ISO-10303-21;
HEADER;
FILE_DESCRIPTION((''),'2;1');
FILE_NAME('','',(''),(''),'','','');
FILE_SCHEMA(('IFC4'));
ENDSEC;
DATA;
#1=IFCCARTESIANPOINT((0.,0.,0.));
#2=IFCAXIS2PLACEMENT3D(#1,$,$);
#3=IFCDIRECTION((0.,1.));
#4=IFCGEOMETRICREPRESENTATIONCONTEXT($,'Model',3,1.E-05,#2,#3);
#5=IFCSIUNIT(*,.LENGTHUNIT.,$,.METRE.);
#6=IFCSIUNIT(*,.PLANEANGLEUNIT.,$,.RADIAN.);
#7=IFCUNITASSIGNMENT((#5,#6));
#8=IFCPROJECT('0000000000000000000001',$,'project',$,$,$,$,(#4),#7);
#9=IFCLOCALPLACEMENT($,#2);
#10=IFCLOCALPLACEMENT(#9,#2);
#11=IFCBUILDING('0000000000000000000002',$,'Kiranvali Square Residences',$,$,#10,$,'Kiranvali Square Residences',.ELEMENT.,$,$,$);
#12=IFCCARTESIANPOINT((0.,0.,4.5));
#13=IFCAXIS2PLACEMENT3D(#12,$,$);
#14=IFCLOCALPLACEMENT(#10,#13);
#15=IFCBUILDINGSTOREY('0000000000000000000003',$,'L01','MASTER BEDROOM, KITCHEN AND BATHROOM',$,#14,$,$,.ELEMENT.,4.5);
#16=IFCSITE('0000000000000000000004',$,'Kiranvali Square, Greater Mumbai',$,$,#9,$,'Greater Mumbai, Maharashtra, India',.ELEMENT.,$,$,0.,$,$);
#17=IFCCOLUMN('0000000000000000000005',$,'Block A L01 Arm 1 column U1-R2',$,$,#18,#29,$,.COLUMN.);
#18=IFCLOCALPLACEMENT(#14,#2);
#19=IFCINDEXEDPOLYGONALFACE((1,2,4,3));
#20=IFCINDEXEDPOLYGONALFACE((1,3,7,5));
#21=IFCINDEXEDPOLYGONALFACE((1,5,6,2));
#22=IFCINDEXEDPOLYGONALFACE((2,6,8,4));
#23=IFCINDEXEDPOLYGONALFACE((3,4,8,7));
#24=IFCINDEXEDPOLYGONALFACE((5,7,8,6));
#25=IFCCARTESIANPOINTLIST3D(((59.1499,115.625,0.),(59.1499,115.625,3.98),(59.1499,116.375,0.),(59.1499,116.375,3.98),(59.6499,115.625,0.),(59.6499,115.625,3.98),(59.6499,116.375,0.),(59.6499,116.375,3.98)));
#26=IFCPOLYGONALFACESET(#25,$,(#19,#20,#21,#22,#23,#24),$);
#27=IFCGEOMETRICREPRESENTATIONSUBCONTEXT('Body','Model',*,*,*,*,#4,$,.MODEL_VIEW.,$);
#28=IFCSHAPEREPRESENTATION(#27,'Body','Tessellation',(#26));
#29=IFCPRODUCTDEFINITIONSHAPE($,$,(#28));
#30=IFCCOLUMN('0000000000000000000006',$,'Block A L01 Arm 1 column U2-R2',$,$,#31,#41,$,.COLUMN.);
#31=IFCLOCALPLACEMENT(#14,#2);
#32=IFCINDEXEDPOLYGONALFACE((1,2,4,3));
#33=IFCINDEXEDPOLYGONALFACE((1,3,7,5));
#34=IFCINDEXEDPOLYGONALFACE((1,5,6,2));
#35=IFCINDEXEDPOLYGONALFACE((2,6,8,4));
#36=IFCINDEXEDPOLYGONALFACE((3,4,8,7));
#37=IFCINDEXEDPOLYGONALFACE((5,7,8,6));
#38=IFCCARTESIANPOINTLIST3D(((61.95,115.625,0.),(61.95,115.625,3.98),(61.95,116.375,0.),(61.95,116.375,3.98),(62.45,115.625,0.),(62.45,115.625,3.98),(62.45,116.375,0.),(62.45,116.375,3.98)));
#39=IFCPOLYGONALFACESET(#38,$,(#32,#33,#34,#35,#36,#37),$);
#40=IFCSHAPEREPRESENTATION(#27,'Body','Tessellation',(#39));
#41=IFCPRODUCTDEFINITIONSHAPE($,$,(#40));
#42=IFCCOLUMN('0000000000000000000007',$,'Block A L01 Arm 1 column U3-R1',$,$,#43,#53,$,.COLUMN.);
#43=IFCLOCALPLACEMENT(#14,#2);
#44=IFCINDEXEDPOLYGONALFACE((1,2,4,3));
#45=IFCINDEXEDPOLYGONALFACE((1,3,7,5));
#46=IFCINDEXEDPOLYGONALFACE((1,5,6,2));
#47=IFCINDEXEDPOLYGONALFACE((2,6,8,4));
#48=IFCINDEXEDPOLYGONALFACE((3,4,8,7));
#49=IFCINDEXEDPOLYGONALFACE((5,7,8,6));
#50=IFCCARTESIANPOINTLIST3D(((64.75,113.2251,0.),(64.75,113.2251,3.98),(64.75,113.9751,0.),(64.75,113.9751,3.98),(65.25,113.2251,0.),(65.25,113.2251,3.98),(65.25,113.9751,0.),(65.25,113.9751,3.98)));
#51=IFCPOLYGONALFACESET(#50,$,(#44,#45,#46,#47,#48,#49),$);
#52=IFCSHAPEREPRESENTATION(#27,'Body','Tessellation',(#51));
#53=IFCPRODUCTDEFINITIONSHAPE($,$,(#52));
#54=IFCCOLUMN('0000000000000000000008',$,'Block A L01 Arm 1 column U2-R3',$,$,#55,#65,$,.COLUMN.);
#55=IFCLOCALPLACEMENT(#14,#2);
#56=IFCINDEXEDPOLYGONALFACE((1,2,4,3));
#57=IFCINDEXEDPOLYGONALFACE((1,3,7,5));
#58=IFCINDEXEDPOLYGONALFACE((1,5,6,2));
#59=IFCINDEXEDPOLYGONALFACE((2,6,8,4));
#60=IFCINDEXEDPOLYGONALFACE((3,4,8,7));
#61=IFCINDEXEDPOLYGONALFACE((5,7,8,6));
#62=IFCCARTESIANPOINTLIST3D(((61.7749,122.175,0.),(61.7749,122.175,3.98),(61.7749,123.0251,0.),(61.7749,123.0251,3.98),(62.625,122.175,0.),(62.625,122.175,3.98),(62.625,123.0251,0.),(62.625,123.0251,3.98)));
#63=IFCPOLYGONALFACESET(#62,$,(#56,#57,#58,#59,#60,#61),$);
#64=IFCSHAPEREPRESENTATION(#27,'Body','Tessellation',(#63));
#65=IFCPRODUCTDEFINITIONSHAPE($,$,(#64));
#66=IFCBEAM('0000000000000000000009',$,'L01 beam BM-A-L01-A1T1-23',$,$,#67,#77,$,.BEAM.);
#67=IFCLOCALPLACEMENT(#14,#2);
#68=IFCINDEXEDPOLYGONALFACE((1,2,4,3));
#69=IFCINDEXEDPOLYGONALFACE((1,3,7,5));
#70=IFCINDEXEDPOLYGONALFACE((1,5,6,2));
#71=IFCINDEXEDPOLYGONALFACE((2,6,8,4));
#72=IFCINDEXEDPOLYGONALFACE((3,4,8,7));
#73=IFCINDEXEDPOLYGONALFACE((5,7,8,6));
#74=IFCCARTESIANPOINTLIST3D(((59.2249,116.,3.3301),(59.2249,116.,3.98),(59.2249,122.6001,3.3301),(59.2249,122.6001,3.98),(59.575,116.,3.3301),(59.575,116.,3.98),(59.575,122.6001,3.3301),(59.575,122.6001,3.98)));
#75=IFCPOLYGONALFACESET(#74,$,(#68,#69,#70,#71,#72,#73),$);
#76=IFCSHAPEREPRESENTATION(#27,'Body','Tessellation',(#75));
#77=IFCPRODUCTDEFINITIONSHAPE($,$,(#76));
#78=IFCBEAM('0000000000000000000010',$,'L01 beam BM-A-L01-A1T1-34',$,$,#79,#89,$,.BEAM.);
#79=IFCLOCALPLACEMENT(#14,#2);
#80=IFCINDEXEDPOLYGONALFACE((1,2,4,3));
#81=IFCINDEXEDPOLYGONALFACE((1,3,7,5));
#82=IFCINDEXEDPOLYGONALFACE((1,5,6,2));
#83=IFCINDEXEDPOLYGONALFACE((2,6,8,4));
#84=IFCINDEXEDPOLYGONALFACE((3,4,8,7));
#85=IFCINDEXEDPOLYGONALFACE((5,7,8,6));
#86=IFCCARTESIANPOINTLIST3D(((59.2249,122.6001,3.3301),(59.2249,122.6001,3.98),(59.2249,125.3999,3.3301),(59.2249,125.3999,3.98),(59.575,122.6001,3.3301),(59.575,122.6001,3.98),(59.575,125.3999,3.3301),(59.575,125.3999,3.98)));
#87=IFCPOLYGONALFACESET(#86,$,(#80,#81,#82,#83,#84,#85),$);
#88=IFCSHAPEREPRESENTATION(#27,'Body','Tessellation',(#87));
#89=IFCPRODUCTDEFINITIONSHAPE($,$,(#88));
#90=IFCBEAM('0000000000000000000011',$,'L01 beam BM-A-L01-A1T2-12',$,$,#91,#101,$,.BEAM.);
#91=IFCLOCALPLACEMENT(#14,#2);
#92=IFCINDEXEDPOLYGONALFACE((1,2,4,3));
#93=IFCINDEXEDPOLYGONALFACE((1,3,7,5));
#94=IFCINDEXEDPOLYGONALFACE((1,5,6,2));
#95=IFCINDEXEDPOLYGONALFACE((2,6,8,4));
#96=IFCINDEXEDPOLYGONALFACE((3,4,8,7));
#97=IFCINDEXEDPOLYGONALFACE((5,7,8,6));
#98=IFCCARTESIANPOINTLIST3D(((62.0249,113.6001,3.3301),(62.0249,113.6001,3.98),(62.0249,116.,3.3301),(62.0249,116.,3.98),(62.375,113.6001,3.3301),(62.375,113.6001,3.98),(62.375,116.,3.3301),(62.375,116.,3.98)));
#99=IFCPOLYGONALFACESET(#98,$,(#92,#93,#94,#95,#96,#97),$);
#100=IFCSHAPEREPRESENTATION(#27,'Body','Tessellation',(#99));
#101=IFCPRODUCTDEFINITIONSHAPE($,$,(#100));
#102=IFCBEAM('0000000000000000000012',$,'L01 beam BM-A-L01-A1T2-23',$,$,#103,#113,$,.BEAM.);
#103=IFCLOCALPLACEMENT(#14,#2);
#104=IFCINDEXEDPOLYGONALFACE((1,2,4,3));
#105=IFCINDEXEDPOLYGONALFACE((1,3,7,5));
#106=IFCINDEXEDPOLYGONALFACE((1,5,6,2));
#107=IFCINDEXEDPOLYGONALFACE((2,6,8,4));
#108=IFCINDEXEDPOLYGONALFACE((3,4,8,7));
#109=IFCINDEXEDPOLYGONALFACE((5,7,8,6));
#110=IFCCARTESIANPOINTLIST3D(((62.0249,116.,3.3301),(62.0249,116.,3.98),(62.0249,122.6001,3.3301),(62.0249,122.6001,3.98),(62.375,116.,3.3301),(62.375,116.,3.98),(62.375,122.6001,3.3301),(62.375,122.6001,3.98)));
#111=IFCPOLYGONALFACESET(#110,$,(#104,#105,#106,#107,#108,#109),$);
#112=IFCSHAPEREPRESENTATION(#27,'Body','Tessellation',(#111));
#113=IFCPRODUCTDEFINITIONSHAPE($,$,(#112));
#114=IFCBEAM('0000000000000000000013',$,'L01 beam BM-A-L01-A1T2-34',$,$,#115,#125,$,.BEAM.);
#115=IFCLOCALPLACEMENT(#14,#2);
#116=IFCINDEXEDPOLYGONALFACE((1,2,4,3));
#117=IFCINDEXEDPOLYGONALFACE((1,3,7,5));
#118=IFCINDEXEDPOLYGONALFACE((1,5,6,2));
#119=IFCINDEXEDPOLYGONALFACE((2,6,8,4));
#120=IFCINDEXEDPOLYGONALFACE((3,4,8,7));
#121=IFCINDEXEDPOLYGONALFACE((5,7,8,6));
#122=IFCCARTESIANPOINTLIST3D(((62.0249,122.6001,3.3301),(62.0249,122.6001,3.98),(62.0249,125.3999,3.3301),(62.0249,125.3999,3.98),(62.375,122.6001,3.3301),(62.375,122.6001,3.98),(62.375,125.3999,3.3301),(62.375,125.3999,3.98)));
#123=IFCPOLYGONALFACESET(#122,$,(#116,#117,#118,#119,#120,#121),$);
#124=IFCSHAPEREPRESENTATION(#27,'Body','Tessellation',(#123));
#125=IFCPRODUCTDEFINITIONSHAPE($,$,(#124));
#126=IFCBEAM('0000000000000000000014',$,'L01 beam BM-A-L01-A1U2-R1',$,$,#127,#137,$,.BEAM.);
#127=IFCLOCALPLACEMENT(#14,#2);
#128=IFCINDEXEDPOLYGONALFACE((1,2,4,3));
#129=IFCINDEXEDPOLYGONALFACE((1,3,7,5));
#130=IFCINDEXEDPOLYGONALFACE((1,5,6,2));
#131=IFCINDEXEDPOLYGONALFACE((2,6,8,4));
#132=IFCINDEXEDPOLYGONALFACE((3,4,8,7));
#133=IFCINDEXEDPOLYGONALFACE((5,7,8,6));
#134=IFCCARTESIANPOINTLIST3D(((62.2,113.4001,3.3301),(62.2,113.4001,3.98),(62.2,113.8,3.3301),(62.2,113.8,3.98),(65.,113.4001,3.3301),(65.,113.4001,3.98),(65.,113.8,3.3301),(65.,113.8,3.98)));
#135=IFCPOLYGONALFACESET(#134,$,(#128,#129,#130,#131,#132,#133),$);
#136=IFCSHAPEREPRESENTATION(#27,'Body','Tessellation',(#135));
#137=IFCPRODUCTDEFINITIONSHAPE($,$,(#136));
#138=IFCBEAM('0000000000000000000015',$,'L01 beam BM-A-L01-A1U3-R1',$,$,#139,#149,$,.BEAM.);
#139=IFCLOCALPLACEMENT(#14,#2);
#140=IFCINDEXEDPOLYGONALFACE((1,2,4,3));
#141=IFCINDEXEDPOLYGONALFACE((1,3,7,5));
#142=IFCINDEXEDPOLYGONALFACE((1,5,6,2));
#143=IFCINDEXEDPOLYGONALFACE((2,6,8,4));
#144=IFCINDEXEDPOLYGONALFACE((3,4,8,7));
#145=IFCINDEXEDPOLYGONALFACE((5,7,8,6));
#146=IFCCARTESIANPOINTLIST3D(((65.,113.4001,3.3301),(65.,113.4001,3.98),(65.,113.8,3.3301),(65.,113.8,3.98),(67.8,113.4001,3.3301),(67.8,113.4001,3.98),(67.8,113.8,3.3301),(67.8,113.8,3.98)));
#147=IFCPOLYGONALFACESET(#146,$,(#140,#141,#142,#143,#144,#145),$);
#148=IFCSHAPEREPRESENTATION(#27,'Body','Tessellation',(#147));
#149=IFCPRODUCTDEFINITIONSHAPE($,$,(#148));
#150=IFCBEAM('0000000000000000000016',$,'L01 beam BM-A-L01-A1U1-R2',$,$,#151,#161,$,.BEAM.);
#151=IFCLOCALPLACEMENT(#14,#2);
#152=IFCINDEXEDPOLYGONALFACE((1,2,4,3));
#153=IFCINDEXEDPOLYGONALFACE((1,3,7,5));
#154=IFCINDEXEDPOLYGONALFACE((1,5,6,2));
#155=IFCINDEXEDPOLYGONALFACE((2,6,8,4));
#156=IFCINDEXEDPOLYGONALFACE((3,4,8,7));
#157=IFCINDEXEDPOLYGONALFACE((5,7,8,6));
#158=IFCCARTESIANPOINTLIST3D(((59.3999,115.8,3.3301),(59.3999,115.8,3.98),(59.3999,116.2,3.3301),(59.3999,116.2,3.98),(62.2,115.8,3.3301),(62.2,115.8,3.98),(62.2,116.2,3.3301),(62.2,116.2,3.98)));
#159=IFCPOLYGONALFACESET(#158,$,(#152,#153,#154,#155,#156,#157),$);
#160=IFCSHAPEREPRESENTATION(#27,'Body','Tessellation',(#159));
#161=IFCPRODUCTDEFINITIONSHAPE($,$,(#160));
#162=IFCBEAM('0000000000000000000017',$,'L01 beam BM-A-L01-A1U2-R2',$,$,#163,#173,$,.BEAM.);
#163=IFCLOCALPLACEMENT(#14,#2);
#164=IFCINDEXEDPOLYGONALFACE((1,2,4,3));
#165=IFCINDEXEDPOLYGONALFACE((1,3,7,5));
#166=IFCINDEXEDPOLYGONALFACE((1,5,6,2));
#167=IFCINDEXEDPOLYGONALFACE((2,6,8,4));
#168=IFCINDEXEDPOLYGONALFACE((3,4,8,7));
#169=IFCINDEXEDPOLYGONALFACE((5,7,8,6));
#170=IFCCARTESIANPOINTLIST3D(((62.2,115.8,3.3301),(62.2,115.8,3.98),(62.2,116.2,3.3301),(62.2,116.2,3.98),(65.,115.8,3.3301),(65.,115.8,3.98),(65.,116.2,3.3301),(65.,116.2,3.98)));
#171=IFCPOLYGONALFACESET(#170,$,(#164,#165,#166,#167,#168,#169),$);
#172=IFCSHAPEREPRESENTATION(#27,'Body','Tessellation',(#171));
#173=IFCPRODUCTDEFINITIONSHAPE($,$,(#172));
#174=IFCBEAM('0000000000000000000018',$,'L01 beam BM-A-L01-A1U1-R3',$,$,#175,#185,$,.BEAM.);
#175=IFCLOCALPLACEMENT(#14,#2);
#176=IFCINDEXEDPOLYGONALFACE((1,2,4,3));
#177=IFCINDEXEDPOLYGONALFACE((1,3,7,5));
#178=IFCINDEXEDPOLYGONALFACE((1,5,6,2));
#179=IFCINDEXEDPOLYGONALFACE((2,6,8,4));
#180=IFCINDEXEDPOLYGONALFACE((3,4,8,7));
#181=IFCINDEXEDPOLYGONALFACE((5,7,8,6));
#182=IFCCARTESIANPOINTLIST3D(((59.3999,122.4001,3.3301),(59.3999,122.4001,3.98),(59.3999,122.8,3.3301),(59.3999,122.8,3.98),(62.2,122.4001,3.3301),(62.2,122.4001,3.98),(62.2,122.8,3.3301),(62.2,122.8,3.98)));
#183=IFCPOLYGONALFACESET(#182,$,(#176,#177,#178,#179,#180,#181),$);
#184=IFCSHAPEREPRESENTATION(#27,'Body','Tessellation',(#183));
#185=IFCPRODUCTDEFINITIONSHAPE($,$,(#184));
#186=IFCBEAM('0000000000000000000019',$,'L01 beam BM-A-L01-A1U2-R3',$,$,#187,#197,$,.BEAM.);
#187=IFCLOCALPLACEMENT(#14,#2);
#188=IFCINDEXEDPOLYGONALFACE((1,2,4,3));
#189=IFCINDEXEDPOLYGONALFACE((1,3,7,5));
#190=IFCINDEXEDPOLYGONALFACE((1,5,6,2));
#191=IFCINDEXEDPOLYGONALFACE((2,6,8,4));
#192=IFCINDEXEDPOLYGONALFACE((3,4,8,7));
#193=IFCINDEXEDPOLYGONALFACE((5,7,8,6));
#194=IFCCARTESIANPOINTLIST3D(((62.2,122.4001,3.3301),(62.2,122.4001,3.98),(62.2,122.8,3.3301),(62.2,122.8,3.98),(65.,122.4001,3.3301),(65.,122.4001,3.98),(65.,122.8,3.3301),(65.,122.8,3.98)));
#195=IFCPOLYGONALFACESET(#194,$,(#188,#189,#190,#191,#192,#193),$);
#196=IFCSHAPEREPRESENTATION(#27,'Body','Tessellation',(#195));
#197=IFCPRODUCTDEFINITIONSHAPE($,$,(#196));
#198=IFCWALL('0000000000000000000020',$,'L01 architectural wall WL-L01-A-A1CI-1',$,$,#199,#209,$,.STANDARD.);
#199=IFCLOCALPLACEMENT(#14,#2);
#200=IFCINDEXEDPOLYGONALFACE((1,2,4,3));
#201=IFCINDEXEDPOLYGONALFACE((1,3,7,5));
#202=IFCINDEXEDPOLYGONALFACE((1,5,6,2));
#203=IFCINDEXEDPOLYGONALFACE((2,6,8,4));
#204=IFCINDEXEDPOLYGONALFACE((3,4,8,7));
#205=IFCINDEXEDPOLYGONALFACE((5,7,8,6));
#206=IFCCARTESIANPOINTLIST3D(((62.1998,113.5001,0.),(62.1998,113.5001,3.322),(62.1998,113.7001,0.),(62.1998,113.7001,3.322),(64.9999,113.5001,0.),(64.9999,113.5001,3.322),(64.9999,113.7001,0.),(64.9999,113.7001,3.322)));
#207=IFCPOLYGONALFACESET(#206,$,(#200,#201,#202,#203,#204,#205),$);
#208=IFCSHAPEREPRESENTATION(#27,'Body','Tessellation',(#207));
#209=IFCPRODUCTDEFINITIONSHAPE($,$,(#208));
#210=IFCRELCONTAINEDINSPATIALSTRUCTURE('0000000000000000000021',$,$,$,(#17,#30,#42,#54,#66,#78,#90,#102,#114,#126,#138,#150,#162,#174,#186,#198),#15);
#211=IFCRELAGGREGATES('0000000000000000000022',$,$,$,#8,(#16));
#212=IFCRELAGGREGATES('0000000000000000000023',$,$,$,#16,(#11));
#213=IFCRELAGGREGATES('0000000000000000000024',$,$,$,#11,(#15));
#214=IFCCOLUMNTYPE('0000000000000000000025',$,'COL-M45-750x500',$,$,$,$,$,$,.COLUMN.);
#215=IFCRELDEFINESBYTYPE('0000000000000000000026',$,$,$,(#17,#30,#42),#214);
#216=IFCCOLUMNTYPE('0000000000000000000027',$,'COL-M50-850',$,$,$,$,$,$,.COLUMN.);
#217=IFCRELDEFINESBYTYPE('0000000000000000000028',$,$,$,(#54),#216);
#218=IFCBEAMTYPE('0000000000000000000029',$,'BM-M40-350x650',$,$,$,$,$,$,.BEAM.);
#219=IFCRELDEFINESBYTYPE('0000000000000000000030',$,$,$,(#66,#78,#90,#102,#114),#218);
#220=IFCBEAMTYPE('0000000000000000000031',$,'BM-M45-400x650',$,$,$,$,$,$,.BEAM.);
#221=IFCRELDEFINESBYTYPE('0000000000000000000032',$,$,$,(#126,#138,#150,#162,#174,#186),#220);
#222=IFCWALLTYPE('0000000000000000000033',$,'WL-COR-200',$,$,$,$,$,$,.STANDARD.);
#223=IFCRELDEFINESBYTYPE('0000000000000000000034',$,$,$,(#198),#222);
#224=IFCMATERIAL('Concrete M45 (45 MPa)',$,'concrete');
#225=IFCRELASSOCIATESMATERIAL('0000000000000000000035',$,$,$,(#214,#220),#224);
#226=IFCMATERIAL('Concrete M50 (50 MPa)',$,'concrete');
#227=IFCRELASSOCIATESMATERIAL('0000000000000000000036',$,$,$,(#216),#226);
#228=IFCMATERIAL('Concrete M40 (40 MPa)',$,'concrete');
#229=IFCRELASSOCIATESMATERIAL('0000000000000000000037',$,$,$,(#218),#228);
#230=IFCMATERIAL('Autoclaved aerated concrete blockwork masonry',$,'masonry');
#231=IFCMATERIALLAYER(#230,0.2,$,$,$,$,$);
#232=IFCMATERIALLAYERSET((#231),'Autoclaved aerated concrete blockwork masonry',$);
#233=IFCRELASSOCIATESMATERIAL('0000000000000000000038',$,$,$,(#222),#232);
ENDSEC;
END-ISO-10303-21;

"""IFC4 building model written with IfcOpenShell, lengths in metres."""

from ifc_helpers import new_model, si_unit, direction, frame, frame_2d, origin, origin_2d, place, context, subcontext, project, spatial, rectangle, extrude, material, layer, layer_set, material_profile, profile_set, type_object, element, save


model = new_model("IFC4")

# Units and contexts
model_context = context("Model", 3, precision=1e-05, world=origin(), true_north=direction((0.0, 1.0)))
body_context = subcontext(model_context, "Body", "Model", "MODEL_VIEW")
ifc_project = project(units=[si_unit("LENGTHUNIT", "METRE"), si_unit("PLANEANGLEUNIT", "RADIAN")], contexts=[model_context])

# Site, building, storey
site_placement = place(None, origin())
site = spatial("IfcSite", under=ifc_project, at=site_placement, Name="Kiranvali Square, Greater Mumbai", LongName="Greater Mumbai, Maharashtra, India", CompositionType="ELEMENT", RefElevation=0.0)
building_placement = place(site_placement, origin())
building = spatial("IfcBuilding", under=site, at=building_placement, Name="Kiranvali Square Residences", LongName="Kiranvali Square Residences", CompositionType="ELEMENT")
storey_placement = place(building_placement, frame((0.0, 0.0, 4.5)))
storey = spatial("IfcBuildingStorey", under=building, at=storey_placement, Name="L01", Description="MASTER BEDROOM, KITCHEN AND BATHROOM", CompositionType="ELEMENT", Elevation=4.5)

# Columns
ifc_material_1 = material(Name="Concrete M45 (45 MPa)", Category="concrete")
ifc_material_profile_1 = material_profile(ifc_material_1, rectangle(XDim=0.5, YDim=0.75, at=origin_2d()), Name="RC 750x500")
ifc_profile_set_1 = profile_set([ifc_material_profile_1], Name="Concrete M45 (45 MPa)")
column_type_1 = type_object("IfcColumnType", Name="COL-M45-750x500", PredefinedType="COLUMN", material=ifc_profile_set_1)
for number, where, z_axis, x_axis, name in (
    (1, (59.3999, 116.0, 0.0), (0.0, 0.0, 1.0), (1.0, 0.0, 0.0), "Block A L01 Arm 1 column U1-R2"),
    (2, (62.2, 116.0, 0.0), (0.0, 0.0, 1.0), (1.0, 0.0, 0.0), "Block A L01 Arm 1 column U2-R2"),
    (3, (65.0, 113.6001, 0.0), (0.0, 0.0, 1.0), (1.0, 0.0, 0.0), "Block A L01 Arm 1 column U3-R1"),
):
    element("IfcColumn", number, at=place(storey_placement, frame(where, z_axis=z_axis, x_axis=x_axis)), inside=storey, type_object=column_type_1, Name=name, PredefinedType="COLUMN", context=body_context, shape_type="SweptSolid", body=[
        extrude(rectangle(XDim=0.5, YDim=0.75, at=origin_2d()), origin(), (0.0, 0.0, 1.0), 3.98),
    ])
ifc_material_2 = material(Name="Concrete M50 (50 MPa)", Category="concrete")
ifc_material_profile_2 = material_profile(ifc_material_2, rectangle(XDim=0.8501, YDim=0.8501, at=origin_2d()), Name="RC 850x850")
ifc_profile_set_2 = profile_set([ifc_material_profile_2], Name="Concrete M50 (50 MPa)")
column_type_2 = type_object("IfcColumnType", Name="COL-M50-850", PredefinedType="COLUMN", material=ifc_profile_set_2)
column_placement = place(storey_placement, frame((62.2, 122.6001, 0.0), z_axis=(0.0, 0.0, 1.0), x_axis=(1.0, 0.0, 0.0)))
element("IfcColumn", 4, at=column_placement, inside=storey, type_object=column_type_2, Name="Block A L01 Arm 1 column U2-R3", PredefinedType="COLUMN", context=body_context, shape_type="SweptSolid", body=[
    extrude(rectangle(XDim=0.8501, YDim=0.8501, at=origin_2d()), origin(), (0.0, 0.0, 1.0), 3.98),
])

# Beams
ifc_material_3 = material(Name="Concrete M40 (40 MPa)", Category="concrete")
ifc_material_profile_3 = material_profile(ifc_material_3, rectangle(XDim=0.3501, YDim=0.6499, at=origin_2d()), Name="RC 350x650")
ifc_profile_set_3 = profile_set([ifc_material_profile_3], Name="Concrete M40 (40 MPa)")
beam_type_1 = type_object("IfcBeamType", Name="BM-M40-350x650", PredefinedType="BEAM", material=ifc_profile_set_3)
beam_1_placement = place(storey_placement, frame((59.3999, 116.0, 3.655), z_axis=(0.0, 1.0, 0.0), x_axis=(-1.0, 0.0, 0.0)))
element("IfcBeam", 5, at=beam_1_placement, inside=storey, type_object=beam_type_1, Name="L01 beam BM-A-L01-A1T1-23", PredefinedType="BEAM", context=body_context, shape_type="SweptSolid", body=[
    extrude(rectangle(XDim=0.3501, YDim=0.6499, at=origin_2d()), origin(), (0.0, 0.0, 1.0), 6.6001),
])
beam_2_placement = place(storey_placement, frame((59.3999, 122.6001, 3.655), z_axis=(0.0, 1.0, 0.0), x_axis=(-1.0, 0.0, 0.0)))
element("IfcBeam", 6, at=beam_2_placement, inside=storey, type_object=beam_type_1, Name="L01 beam BM-A-L01-A1T1-34", PredefinedType="BEAM", context=body_context, shape_type="SweptSolid", body=[
    extrude(rectangle(XDim=0.3501, YDim=0.6499, at=origin_2d()), origin(), (0.0, 0.0, 1.0), 2.7998),
])
beam_3_placement = place(storey_placement, frame((62.2, 113.6001, 3.655), z_axis=(0.0, 1.0, 0.0), x_axis=(-1.0, 0.0, 0.0)))
element("IfcBeam", 7, at=beam_3_placement, inside=storey, type_object=beam_type_1, Name="L01 beam BM-A-L01-A1T2-12", PredefinedType="BEAM", context=body_context, shape_type="SweptSolid", body=[
    extrude(rectangle(XDim=0.3501, YDim=0.6499, at=origin_2d()), origin(), (0.0, 0.0, 1.0), 2.3999),
])
beam_4_placement = place(storey_placement, frame((62.2, 116.0, 3.655), z_axis=(0.0, 1.0, 0.0), x_axis=(-1.0, 0.0, 0.0)))
element("IfcBeam", 8, at=beam_4_placement, inside=storey, type_object=beam_type_1, Name="L01 beam BM-A-L01-A1T2-23", PredefinedType="BEAM", context=body_context, shape_type="SweptSolid", body=[
    extrude(rectangle(XDim=0.3501, YDim=0.6499, at=origin_2d()), origin(), (0.0, 0.0, 1.0), 6.6001),
])
beam_5_placement = place(storey_placement, frame((62.2, 122.6001, 3.655), z_axis=(0.0, 1.0, 0.0), x_axis=(-1.0, 0.0, 0.0)))
element("IfcBeam", 9, at=beam_5_placement, inside=storey, type_object=beam_type_1, Name="L01 beam BM-A-L01-A1T2-34", PredefinedType="BEAM", context=body_context, shape_type="SweptSolid", body=[
    extrude(rectangle(XDim=0.3501, YDim=0.6499, at=origin_2d()), origin(), (0.0, 0.0, 1.0), 2.7998),
])
ifc_material_profile_4 = material_profile(ifc_material_1, rectangle(XDim=0.3999, YDim=0.6499, at=origin_2d()), Name="RC 400x650")
ifc_profile_set_4 = profile_set([ifc_material_profile_4], Name="Concrete M45 (45 MPa)")
beam_type_2 = type_object("IfcBeamType", Name="BM-M45-400x650", PredefinedType="BEAM", material=ifc_profile_set_4)
for number, where, z_axis, x_axis, name in (
    (10, (62.2, 113.6001, 3.655), (1.0, 0.0, 0.0), (0.0, 1.0, 0.0), "L01 beam BM-A-L01-A1U2-R1"),
    (11, (65.0, 113.6001, 3.655), (1.0, 0.0, 0.0), (0.0, 1.0, 0.0), "L01 beam BM-A-L01-A1U3-R1"),
    (12, (59.3999, 116.0, 3.655), (1.0, 0.0, 0.0), (0.0, 1.0, 0.0), "L01 beam BM-A-L01-A1U1-R2"),
    (13, (62.2, 116.0, 3.655), (1.0, 0.0, 0.0), (0.0, 1.0, 0.0), "L01 beam BM-A-L01-A1U2-R2"),
    (14, (59.3999, 122.6001, 3.655), (1.0, 0.0, 0.0), (0.0, 1.0, 0.0), "L01 beam BM-A-L01-A1U1-R3"),
    (15, (62.2, 122.6001, 3.655), (1.0, 0.0, 0.0), (0.0, 1.0, 0.0), "L01 beam BM-A-L01-A1U2-R3"),
):
    element("IfcBeam", number, at=place(storey_placement, frame(where, z_axis=z_axis, x_axis=x_axis)), inside=storey, type_object=beam_type_2, Name=name, PredefinedType="BEAM", context=body_context, shape_type="SweptSolid", body=[
        extrude(rectangle(XDim=0.3999, YDim=0.6499, at=origin_2d()), origin(), (0.0, 0.0, 1.0), 2.8),
    ])

# Shared definitions
ifc_material_4 = material(Name="Autoclaved aerated concrete blockwork masonry", Category="masonry")
ifc_layer_1 = layer(ifc_material_4, 0.2)
ifc_layer_set_1 = layer_set([ifc_layer_1], Name="Autoclaved aerated concrete blockwork masonry")
wall_type_1 = type_object("IfcWallType", Name="WL-COR-200", PredefinedType="STANDARD", material=ifc_layer_set_1)

# Wall
for number, where, z_axis, x_axis, name in (
    (16, (62.2, 113.6001, 0.0), (0.0, 0.0, 1.0), (1.0, 0.0, 0.0), "L01 architectural wall WL-L01-A-A1CI-1"),
):
    element("IfcWall", number, at=place(storey_placement, frame(where, z_axis=z_axis, x_axis=x_axis)), inside=storey, type_object=wall_type_1, Name=name, PredefinedType="STANDARD", context=body_context, shape_type="SweptSolid", body=[
        extrude(rectangle(XDim=2.8, YDim=0.2, at=frame_2d((1.3999, 0.0))), origin(), (0.0, 0.0, 1.0), 3.322),
    ])

save(model, "model.ifc")
